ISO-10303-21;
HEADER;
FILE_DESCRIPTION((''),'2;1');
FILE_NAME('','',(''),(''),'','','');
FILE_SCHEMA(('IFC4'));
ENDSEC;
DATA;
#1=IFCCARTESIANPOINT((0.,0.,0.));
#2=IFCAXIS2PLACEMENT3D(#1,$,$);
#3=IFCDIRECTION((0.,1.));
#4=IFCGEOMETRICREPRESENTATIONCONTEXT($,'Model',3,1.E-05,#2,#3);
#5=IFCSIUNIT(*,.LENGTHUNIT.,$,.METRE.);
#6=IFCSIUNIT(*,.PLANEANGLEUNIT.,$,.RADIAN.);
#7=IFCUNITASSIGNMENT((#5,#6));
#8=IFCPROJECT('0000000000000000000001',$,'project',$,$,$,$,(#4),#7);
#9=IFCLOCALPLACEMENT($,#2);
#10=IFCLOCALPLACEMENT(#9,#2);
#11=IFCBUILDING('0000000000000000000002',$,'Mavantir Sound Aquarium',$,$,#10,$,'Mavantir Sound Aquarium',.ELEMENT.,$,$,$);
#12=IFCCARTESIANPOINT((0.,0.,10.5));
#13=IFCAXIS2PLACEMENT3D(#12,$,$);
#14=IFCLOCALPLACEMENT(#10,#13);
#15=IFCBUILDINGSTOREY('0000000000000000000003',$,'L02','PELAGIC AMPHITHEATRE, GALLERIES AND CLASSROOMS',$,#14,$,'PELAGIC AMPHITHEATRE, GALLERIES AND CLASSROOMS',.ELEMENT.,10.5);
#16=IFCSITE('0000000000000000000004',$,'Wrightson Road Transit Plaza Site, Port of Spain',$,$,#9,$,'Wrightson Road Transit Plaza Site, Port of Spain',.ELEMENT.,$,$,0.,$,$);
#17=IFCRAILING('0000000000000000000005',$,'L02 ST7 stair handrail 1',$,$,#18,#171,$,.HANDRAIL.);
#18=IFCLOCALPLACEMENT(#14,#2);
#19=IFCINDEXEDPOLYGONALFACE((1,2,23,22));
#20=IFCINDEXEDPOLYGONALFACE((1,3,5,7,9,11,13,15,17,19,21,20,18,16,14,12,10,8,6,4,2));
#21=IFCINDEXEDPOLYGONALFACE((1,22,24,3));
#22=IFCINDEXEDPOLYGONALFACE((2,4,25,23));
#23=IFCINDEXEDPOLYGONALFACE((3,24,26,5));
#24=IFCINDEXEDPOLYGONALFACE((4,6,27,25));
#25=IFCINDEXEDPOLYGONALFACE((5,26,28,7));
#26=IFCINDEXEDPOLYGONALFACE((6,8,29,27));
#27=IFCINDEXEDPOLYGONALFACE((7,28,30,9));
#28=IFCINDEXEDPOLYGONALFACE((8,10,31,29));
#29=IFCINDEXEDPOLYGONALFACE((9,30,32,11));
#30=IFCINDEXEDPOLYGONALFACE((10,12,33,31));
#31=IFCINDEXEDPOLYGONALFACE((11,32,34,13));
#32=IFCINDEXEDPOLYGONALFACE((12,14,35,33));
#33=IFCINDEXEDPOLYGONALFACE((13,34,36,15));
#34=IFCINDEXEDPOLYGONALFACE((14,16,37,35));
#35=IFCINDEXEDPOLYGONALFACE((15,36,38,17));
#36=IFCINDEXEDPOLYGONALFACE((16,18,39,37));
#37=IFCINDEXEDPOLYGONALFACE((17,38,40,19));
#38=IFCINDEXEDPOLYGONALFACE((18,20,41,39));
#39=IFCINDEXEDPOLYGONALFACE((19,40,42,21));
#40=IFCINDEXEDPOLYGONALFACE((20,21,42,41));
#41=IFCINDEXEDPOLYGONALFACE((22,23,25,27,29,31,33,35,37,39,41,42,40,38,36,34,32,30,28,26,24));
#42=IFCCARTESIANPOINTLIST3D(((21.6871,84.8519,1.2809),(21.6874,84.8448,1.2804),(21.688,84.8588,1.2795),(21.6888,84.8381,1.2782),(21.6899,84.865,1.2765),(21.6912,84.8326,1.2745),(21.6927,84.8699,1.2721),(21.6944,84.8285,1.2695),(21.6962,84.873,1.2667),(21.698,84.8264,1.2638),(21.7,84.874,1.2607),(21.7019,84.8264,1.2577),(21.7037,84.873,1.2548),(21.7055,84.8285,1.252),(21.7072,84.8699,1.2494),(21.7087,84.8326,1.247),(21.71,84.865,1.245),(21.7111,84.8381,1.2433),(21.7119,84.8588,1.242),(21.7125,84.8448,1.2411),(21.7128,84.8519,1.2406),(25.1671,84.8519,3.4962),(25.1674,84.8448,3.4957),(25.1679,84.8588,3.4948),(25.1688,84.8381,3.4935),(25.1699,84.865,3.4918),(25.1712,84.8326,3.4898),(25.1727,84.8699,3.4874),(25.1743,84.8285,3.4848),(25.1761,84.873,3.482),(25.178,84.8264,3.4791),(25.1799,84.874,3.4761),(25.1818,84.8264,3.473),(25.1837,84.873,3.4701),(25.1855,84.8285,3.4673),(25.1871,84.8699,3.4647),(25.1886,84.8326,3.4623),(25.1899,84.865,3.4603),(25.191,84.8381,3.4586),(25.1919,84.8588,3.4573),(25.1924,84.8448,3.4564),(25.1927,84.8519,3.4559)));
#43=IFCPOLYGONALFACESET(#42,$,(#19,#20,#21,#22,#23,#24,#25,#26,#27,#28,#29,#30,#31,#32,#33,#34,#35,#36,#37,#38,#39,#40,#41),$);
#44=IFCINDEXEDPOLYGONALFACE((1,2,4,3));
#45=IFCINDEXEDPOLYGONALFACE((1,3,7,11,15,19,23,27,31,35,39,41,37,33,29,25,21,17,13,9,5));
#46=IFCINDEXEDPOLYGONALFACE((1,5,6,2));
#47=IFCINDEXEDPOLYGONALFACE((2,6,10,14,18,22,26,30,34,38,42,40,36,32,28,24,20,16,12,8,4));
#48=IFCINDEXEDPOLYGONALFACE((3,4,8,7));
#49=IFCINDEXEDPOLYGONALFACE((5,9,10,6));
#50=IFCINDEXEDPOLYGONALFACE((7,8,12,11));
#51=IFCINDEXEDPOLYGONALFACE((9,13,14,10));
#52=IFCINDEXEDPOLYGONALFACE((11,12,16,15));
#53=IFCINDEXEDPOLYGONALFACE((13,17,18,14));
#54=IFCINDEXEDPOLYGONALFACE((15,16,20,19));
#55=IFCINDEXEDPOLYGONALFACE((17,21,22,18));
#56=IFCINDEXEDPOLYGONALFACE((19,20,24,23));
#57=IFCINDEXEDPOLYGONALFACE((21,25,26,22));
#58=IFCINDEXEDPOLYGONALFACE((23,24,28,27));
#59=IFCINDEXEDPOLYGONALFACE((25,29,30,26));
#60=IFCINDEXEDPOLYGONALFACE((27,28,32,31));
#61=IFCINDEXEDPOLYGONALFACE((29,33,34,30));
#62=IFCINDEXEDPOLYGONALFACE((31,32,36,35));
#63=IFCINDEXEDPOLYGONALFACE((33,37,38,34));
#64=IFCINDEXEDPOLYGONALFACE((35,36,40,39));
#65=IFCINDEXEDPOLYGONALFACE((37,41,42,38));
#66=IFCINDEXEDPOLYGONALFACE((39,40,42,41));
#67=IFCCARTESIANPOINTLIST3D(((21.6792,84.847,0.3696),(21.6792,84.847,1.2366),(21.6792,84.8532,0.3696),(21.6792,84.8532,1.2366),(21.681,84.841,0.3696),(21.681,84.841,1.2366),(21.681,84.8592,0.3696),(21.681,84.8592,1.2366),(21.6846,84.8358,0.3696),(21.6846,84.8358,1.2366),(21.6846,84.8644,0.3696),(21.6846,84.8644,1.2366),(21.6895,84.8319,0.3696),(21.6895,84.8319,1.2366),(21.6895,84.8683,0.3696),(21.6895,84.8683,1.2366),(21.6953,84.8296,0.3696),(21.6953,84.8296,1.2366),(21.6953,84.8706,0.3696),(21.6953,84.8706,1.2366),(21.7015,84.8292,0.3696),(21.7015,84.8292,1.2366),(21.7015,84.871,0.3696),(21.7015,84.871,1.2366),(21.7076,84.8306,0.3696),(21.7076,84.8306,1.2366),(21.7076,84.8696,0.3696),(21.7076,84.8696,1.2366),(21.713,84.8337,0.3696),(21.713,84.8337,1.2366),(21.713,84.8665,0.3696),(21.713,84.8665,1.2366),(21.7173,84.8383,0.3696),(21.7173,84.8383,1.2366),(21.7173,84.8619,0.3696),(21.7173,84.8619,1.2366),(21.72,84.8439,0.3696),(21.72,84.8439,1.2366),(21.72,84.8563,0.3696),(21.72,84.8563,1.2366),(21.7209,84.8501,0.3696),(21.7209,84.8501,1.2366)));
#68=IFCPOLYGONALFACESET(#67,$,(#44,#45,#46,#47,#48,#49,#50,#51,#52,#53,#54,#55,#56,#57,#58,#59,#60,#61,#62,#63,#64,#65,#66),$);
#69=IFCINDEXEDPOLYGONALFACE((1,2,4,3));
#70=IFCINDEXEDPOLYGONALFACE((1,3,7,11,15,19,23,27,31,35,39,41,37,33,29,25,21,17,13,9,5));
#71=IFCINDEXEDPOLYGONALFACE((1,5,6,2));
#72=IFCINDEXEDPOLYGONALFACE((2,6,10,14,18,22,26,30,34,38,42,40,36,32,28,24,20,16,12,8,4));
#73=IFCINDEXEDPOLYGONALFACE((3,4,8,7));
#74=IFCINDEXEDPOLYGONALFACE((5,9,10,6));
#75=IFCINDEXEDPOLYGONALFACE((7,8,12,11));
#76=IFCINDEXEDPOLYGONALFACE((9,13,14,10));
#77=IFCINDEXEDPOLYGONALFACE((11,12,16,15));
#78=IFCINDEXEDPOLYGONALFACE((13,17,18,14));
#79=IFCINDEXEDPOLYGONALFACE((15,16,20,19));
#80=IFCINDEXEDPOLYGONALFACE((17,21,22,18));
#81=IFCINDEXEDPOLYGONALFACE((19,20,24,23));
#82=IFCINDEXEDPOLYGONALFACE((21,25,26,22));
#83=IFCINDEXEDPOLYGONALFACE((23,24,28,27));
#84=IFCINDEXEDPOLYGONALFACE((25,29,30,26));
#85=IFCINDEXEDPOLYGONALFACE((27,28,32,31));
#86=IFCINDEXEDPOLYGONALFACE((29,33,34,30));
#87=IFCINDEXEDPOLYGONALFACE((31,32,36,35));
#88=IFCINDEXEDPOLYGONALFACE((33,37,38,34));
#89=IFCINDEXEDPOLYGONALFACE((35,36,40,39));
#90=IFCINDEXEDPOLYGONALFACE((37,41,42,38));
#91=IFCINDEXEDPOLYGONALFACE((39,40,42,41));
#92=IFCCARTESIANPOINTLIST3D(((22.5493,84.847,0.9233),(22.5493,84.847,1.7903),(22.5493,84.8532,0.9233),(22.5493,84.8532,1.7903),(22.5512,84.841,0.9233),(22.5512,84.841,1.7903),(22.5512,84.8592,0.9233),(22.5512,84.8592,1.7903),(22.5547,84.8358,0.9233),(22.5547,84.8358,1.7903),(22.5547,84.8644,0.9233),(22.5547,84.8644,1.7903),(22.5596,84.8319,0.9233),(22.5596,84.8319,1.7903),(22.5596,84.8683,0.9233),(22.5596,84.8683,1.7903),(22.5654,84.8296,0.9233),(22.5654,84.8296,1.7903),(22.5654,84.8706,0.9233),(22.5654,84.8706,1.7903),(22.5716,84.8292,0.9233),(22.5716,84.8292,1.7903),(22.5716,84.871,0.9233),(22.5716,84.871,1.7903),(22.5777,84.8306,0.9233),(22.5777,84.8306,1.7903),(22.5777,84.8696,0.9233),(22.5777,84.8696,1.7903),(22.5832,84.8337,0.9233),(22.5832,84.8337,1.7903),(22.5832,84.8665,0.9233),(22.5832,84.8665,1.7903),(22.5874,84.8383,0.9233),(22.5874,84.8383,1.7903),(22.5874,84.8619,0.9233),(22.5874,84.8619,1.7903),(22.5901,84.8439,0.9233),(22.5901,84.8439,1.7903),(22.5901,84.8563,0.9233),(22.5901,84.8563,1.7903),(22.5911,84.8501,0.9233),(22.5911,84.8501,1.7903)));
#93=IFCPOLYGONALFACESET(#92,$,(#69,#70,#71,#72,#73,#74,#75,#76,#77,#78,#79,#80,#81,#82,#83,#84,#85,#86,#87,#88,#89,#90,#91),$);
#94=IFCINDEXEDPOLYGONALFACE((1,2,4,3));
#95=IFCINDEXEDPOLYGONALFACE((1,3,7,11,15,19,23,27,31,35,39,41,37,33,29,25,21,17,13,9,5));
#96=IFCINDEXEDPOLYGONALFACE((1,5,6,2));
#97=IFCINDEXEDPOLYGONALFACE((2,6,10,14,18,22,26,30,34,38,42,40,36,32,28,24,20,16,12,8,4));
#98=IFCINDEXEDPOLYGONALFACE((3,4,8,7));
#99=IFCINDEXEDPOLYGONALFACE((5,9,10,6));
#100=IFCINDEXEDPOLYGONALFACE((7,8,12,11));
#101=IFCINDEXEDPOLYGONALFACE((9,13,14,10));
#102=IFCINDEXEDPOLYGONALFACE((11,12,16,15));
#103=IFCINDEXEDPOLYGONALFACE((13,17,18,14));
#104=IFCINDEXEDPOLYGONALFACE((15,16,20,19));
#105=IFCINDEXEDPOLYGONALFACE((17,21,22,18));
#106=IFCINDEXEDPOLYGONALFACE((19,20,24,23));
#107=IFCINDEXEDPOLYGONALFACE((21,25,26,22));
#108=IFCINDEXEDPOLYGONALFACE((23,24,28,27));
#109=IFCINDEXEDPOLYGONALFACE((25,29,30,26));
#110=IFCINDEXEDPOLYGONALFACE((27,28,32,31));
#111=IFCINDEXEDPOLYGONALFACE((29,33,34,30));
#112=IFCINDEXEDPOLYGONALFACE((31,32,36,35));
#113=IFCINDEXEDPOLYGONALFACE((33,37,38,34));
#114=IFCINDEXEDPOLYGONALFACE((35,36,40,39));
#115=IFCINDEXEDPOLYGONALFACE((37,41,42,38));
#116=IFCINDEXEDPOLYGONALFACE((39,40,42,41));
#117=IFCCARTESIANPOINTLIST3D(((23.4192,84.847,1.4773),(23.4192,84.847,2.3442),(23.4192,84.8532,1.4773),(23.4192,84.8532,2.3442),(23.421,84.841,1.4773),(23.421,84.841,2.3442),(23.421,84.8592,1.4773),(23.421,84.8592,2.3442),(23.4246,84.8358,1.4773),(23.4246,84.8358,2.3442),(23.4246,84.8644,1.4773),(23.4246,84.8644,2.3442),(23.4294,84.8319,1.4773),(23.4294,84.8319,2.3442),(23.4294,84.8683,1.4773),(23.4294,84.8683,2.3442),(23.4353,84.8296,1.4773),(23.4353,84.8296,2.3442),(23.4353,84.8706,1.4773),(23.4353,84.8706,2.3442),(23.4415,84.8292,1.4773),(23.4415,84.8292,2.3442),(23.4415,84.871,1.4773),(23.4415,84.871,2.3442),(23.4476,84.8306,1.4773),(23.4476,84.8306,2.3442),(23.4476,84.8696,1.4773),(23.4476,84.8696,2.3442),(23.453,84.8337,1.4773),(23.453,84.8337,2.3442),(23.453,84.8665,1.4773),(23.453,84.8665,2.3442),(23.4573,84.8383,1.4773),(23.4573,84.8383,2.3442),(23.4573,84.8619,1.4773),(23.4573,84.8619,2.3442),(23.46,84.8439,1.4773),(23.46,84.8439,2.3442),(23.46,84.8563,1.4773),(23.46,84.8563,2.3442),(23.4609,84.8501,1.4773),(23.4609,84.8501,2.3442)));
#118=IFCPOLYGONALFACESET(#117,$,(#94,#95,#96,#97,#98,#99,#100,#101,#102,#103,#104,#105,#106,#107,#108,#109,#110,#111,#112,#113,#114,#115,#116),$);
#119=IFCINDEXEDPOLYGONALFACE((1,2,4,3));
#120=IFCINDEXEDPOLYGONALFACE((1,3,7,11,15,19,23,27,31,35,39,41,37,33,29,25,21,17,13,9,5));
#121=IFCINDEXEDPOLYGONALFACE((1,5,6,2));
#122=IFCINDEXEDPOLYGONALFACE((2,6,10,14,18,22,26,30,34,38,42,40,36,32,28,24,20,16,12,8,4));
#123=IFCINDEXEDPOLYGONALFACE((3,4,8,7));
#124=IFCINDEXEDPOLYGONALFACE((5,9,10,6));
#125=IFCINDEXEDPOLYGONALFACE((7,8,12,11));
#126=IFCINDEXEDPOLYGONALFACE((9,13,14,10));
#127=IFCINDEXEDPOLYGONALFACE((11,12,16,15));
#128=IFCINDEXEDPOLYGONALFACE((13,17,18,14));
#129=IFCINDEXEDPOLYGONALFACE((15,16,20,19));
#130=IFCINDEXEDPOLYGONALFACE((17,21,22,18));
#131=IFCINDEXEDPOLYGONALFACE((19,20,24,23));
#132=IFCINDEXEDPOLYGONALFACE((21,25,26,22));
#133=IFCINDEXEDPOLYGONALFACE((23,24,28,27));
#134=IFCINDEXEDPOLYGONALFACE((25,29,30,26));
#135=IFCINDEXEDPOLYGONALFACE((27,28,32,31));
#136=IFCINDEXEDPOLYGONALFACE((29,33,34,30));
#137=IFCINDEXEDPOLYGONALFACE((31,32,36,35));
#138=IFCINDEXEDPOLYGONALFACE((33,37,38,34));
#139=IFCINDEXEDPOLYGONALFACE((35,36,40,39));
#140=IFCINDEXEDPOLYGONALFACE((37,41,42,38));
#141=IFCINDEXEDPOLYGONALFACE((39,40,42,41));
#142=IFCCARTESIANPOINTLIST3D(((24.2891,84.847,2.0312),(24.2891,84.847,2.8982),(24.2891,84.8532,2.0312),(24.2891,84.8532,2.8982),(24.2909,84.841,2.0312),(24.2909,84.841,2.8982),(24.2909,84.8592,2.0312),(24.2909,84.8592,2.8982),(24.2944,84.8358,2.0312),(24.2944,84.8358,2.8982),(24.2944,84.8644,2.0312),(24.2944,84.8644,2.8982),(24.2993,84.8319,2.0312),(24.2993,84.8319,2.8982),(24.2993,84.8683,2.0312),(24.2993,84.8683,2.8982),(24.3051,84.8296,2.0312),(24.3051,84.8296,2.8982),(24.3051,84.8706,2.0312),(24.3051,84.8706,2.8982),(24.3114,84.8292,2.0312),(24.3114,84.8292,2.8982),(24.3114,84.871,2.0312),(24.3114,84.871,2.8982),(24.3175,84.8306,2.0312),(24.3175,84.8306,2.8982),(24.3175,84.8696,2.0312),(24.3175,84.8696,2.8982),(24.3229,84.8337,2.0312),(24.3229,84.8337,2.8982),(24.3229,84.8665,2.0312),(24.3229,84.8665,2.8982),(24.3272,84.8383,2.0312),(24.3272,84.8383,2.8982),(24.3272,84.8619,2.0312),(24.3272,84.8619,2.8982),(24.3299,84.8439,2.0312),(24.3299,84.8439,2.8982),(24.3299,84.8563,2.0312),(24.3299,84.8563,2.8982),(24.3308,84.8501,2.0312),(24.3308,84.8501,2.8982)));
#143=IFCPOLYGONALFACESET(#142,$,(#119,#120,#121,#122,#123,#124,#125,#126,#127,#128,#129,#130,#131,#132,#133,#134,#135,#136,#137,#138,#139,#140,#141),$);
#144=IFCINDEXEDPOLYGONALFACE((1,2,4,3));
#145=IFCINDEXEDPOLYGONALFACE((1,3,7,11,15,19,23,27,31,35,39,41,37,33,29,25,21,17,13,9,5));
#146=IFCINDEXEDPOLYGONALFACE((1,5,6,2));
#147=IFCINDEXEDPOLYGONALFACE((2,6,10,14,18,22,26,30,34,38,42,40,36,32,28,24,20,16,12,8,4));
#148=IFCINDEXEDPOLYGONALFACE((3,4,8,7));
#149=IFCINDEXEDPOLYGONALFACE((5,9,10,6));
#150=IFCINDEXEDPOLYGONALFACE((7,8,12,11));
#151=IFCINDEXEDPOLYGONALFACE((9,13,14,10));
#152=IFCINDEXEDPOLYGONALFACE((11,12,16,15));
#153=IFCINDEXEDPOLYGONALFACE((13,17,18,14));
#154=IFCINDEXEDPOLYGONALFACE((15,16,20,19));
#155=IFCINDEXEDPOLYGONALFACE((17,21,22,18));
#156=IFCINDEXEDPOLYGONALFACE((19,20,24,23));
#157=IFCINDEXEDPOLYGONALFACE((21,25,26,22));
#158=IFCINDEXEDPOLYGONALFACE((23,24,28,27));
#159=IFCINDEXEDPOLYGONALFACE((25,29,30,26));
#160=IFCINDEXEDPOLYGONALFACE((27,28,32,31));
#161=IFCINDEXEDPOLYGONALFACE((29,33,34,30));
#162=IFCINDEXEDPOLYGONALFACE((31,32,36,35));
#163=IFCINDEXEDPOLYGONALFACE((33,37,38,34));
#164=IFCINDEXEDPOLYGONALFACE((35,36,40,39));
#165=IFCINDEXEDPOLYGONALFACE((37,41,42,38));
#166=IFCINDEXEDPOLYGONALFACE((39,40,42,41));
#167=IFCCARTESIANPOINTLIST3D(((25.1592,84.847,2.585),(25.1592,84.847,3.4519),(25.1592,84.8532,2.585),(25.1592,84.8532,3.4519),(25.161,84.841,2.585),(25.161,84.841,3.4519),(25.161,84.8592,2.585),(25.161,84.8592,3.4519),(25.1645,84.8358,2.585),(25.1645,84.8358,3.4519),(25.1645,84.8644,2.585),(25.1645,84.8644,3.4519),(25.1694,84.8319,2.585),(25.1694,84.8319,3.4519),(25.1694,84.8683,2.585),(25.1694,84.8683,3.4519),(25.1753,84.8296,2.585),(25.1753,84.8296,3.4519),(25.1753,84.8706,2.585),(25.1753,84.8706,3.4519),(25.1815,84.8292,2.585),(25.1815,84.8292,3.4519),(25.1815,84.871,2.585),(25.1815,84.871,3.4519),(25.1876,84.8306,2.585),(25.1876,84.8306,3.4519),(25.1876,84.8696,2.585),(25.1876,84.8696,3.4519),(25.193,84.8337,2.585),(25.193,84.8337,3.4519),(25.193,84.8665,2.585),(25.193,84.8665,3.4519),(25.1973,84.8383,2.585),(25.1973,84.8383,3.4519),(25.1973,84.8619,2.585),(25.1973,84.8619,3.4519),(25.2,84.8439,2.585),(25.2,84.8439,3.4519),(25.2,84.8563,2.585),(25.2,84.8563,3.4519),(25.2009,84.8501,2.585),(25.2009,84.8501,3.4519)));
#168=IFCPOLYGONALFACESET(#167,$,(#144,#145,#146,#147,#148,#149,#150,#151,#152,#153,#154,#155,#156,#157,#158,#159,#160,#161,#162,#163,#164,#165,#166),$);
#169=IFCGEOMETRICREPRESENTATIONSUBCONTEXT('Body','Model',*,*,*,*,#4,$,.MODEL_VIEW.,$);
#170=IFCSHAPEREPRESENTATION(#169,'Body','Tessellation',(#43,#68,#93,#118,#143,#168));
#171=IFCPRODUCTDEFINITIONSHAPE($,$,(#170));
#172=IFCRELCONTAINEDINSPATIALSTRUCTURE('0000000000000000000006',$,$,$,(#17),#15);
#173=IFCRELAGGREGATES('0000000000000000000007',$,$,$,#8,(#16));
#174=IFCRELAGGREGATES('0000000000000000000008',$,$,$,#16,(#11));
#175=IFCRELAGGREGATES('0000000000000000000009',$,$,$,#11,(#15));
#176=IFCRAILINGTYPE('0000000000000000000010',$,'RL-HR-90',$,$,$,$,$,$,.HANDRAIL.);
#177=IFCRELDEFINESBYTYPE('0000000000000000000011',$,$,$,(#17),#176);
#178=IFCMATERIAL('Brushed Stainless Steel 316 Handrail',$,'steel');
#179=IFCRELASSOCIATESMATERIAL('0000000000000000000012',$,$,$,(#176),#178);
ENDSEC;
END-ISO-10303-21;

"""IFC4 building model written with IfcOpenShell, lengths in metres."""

from ifc_helpers import new_model, si_unit, direction, frame, origin, origin_2d, place, context, subcontext, project, spatial, circle, extrude, material, type_object, element, save


model = new_model("IFC4")

# Units and contexts
model_context = context("Model", 3, precision=1e-05, world=origin(), true_north=direction((0.0, 1.0)))
body_context = subcontext(model_context, "Body", "Model", "MODEL_VIEW")
ifc_project = project(units=[si_unit("LENGTHUNIT", "METRE"), si_unit("PLANEANGLEUNIT", "RADIAN")], contexts=[model_context])

# Site, building, storey
site_placement = place(None, origin())
site = spatial("IfcSite", under=ifc_project, at=site_placement, Name="Wrightson Road Transit Plaza Site, Port of Spain", LongName="Wrightson Road Transit Plaza Site, Port of Spain", CompositionType="ELEMENT", RefElevation=0.0)
building_placement = place(site_placement, origin())
building = spatial("IfcBuilding", under=site, at=building_placement, Name="Mavantir Sound Aquarium", LongName="Mavantir Sound Aquarium", CompositionType="ELEMENT")
storey_placement = place(building_placement, frame((0.0, 0.0, 10.5)))
storey = spatial("IfcBuildingStorey", under=building, at=storey_placement, Name="L02", Description="PELAGIC AMPHITHEATRE, GALLERIES AND CLASSROOMS", LongName="PELAGIC AMPHITHEATRE, GALLERIES AND CLASSROOMS", CompositionType="ELEMENT", Elevation=10.5)

# Railing
ifc_material_1 = material(Name="Brushed Stainless Steel 316 Handrail", Category="steel")
railing_type = type_object("IfcRailingType", Name="RL-HR-90", PredefinedType="HANDRAIL", material=ifc_material_1)
railing_placement = place(storey_placement, frame((21.7, 84.8501, 0.3696)))
element("IfcRailing", 1, at=railing_placement, inside=storey, type_object=railing_type, Name="L02 ST7 stair handrail 1", PredefinedType="HANDRAIL", context=body_context, shape_type="SweptSolid", body=[
    extrude(circle(Radius=0.0239, at=origin_2d()), frame((0.0, 0.0, 0.8911), z_axis=(0.843574, 0.0, 0.537013), x_axis=(0.0, 1.0, 0.0)), (0.0, 0.0, 1.0), 4.1252),
    extrude(circle(Radius=0.021, at=origin_2d()), origin(), (0.0, 0.0, 1.0), 0.8669),
    extrude(circle(Radius=0.021, at=origin_2d()), frame((0.8701, 0.0, 0.5537)), (0.0, 0.0, 1.0), 0.8669),
    extrude(circle(Radius=0.021, at=origin_2d()), frame((1.74, 0.0, 1.1077)), (0.0, 0.0, 1.0), 0.8669),
    extrude(circle(Radius=0.021, at=origin_2d()), frame((2.6099, 0.0, 1.6616)), (0.0, 0.0, 1.0), 0.8669),
    extrude(circle(Radius=0.021, at=origin_2d()), frame((3.48, 0.0, 2.2153)), (0.0, 0.0, 1.0), 0.8669),
])

save(model, "model.ifc")
